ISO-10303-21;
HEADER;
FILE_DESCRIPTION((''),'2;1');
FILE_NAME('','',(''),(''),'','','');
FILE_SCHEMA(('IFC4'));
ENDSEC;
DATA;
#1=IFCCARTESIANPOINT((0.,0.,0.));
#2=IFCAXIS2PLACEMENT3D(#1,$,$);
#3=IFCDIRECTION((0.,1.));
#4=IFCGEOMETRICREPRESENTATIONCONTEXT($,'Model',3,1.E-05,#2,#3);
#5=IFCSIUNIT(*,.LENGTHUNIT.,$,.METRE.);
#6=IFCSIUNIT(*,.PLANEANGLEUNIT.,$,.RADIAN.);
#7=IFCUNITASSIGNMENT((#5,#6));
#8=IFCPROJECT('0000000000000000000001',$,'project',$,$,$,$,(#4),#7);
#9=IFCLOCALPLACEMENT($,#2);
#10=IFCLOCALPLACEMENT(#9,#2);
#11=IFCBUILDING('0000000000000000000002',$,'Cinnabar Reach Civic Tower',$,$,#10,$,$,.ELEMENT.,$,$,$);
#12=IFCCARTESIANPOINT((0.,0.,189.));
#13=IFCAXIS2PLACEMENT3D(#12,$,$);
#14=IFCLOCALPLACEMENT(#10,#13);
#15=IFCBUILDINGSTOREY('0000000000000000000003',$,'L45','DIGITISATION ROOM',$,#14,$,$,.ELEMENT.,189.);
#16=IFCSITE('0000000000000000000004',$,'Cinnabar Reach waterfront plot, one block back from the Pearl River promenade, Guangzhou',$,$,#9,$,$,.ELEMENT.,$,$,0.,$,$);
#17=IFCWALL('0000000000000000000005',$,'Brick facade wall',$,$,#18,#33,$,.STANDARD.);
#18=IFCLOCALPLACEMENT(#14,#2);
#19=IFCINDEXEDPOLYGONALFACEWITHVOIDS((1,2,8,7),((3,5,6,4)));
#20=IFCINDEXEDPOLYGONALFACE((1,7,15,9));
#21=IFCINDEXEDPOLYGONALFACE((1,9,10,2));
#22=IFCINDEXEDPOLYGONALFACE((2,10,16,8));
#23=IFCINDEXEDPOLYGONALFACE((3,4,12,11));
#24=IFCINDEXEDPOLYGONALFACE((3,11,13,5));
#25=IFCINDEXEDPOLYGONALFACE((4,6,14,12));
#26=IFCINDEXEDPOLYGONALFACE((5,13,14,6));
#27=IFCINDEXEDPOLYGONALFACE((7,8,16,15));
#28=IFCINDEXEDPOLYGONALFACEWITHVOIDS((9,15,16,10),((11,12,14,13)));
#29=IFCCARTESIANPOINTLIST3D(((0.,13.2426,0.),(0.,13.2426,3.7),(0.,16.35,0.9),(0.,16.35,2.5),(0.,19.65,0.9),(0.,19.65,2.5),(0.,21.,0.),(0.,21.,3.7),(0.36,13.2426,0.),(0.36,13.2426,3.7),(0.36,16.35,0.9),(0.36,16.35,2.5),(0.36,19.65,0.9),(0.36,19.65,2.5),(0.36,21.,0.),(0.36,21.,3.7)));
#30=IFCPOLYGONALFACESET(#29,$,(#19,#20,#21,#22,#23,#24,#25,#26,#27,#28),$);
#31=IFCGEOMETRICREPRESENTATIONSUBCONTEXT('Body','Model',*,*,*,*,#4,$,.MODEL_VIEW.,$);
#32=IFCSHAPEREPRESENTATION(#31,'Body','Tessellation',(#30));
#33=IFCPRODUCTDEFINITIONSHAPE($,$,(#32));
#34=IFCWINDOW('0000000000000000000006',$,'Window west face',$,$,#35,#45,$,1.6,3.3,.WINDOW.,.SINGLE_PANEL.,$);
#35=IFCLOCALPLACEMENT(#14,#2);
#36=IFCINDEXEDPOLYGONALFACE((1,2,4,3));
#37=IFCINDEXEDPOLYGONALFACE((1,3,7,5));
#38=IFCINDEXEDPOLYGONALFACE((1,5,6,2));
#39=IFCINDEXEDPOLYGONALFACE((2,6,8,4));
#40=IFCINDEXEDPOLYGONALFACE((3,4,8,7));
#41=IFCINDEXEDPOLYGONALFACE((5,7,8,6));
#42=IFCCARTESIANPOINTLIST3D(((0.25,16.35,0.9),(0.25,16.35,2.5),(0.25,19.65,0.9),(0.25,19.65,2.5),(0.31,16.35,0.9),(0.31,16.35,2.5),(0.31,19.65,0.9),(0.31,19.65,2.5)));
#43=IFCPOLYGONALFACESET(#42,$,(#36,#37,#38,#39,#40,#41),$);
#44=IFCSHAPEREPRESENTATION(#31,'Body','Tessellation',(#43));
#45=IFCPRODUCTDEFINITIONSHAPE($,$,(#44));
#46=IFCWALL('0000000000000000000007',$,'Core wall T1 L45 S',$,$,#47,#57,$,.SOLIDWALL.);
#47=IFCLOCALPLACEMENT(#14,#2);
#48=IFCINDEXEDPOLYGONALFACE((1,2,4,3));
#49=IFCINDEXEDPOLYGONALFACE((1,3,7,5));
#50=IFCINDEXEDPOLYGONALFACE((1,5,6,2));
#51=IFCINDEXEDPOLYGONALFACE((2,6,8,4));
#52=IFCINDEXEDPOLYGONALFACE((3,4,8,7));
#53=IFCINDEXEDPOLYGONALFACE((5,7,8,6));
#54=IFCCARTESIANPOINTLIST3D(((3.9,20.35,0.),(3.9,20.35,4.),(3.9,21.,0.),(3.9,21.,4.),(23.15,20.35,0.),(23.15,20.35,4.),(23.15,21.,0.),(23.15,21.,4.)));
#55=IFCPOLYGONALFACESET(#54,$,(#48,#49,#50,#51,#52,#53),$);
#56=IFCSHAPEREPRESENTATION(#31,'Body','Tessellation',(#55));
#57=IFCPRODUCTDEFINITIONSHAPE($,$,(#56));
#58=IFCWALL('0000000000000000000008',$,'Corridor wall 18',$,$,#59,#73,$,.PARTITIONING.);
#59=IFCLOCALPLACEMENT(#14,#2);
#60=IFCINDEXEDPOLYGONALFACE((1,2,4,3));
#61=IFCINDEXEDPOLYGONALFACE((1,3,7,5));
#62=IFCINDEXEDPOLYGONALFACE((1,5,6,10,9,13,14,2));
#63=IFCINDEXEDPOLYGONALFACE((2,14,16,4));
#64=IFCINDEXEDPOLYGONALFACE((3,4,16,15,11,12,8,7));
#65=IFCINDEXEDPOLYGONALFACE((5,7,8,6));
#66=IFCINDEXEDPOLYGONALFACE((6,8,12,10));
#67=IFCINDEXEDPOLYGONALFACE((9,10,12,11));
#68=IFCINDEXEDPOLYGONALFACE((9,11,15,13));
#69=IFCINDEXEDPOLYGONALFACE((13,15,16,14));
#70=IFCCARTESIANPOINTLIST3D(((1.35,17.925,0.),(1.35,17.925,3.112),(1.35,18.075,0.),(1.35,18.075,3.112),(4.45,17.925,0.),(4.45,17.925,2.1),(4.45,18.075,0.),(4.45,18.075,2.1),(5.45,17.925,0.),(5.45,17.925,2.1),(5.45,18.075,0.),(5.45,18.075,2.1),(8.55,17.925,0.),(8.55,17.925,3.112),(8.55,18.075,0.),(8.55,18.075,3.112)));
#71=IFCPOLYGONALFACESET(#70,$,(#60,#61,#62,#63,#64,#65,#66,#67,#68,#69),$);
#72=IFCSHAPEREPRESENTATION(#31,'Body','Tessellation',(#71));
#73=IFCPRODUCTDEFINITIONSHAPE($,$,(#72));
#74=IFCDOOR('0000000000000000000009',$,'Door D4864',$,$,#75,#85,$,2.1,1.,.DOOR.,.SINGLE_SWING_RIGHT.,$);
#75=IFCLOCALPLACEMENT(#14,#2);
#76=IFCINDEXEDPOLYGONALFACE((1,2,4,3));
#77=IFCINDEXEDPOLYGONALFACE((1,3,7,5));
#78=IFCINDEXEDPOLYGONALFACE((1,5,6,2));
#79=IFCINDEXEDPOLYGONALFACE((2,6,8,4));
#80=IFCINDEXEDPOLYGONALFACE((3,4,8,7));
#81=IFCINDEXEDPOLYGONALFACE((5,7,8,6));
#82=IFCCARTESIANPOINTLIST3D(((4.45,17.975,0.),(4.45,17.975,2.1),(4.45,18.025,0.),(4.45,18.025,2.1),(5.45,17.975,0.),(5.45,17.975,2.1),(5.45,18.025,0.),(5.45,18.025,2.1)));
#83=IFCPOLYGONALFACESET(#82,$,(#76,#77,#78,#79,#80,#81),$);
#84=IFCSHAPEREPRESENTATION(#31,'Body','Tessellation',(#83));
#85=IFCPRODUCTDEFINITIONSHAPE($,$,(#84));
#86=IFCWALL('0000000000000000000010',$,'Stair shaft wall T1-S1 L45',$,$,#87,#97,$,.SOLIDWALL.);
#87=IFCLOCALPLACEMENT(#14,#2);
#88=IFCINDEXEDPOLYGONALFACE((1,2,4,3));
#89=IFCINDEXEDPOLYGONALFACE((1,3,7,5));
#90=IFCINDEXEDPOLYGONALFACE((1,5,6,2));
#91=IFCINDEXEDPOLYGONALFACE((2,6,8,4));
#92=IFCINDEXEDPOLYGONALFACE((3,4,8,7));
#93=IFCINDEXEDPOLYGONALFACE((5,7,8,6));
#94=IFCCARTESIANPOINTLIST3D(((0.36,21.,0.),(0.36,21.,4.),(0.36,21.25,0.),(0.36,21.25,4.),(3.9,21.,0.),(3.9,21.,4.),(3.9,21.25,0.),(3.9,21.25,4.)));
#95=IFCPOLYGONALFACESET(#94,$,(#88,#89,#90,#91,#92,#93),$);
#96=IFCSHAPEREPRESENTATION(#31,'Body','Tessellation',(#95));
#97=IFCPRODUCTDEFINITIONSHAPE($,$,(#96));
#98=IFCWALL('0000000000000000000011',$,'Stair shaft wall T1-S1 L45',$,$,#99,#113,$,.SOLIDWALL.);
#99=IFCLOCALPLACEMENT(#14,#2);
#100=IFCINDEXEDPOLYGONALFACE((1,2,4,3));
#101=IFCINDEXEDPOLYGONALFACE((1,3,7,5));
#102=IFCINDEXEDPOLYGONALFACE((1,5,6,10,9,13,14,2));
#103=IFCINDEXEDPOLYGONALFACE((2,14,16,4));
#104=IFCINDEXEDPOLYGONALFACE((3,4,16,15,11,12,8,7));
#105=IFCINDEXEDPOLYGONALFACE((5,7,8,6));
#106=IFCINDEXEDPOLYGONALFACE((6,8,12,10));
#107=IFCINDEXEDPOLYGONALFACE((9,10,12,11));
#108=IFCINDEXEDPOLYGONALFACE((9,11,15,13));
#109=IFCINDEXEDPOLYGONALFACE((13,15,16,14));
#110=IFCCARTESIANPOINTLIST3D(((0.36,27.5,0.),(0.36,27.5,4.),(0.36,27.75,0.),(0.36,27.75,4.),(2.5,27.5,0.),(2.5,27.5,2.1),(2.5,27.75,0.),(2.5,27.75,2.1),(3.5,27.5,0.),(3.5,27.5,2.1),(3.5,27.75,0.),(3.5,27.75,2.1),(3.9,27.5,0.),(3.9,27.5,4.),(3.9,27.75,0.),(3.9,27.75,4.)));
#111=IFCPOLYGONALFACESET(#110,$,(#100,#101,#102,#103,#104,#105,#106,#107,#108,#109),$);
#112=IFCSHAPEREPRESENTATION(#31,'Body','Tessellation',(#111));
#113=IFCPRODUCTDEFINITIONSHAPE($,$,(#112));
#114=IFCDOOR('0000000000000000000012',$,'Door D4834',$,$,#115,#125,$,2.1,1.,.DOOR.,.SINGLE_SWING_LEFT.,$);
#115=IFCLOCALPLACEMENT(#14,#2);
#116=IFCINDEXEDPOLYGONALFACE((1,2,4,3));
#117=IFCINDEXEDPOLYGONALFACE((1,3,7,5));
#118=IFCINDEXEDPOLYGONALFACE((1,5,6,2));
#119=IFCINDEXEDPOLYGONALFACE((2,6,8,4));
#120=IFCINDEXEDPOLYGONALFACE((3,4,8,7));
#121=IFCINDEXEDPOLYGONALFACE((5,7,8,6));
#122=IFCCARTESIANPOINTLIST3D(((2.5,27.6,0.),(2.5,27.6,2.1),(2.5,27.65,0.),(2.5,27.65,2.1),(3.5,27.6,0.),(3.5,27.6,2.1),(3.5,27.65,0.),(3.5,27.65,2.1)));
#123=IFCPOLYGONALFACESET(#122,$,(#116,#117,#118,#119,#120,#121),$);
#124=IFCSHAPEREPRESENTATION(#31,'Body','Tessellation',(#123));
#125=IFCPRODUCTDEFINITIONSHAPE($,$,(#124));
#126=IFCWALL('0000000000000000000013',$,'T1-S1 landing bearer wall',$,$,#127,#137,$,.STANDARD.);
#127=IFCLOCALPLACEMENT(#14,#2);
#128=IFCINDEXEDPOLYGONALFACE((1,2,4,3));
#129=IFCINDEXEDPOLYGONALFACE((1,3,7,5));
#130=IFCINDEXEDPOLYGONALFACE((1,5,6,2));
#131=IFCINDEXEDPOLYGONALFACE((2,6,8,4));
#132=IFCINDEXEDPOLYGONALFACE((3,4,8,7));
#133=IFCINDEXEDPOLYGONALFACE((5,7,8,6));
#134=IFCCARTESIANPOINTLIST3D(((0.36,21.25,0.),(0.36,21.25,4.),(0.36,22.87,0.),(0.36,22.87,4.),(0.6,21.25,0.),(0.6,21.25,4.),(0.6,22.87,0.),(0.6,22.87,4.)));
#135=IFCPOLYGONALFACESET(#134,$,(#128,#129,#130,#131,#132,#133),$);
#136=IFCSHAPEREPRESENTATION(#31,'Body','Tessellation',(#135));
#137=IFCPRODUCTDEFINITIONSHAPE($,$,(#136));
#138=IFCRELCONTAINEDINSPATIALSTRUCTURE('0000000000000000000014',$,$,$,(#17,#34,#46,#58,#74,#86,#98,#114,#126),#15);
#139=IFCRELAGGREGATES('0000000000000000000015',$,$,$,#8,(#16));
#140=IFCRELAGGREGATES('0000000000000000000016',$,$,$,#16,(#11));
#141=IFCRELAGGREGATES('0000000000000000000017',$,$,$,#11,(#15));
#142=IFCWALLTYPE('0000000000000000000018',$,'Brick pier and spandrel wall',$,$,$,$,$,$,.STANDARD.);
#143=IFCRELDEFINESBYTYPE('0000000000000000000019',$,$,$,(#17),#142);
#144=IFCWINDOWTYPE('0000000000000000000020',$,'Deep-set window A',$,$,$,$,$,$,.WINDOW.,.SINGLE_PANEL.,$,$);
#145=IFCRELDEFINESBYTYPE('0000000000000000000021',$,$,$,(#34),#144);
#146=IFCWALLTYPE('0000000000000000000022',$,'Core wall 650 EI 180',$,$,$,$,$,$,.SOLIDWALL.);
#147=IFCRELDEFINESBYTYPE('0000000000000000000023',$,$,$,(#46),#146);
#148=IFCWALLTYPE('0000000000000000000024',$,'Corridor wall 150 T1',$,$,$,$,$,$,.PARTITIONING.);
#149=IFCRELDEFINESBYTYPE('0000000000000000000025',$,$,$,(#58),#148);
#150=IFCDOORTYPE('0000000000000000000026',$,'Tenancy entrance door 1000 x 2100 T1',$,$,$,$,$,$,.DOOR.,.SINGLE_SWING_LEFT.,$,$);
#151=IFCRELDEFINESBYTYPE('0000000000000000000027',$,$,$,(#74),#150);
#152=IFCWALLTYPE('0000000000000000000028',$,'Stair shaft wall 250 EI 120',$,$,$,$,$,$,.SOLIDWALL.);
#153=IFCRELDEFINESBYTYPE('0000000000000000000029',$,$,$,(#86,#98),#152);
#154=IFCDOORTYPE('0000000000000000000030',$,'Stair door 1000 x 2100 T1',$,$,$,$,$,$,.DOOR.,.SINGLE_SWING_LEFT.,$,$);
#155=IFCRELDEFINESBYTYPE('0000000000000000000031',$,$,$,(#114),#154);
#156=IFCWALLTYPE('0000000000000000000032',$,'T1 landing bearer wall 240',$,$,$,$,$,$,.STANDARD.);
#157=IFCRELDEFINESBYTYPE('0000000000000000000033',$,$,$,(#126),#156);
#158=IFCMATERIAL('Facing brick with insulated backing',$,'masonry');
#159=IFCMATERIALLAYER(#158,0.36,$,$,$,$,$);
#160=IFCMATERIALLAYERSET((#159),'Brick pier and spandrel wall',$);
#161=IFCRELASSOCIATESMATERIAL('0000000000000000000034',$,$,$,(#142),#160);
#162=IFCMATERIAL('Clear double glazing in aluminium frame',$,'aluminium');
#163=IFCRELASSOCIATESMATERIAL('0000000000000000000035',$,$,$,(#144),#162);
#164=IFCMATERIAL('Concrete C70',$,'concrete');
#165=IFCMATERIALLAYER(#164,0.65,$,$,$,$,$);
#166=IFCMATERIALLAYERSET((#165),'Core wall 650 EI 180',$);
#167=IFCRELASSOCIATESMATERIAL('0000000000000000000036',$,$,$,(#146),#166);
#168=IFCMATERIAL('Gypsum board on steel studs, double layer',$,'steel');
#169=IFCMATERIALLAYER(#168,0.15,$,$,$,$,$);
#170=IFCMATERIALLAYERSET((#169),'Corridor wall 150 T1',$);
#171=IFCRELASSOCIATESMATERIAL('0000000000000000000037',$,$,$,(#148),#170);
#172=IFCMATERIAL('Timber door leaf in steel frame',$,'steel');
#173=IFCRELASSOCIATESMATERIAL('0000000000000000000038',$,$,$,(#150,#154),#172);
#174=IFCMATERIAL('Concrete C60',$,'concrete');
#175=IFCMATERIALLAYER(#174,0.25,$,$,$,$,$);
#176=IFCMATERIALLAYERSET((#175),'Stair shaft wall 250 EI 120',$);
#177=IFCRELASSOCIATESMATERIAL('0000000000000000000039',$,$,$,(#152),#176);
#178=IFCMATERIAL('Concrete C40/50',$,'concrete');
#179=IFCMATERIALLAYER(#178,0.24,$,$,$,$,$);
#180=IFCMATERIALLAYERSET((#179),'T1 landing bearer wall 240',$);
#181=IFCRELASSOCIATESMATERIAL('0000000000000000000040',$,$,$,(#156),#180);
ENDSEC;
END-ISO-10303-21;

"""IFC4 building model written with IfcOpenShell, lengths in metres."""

from ifc_helpers import new_model, si_unit, direction, frame, frame_2d, origin, place, context, subcontext, project, spatial, rectangle, extrude, material, layer, layer_set, type_object, element, fill, save


model = new_model("IFC4")

# Units and contexts
model_context = context("Model", 3, precision=1e-05, world=origin(), true_north=direction((0.0, 1.0)))
body_context = subcontext(model_context, "Body", "Model", "MODEL_VIEW")
ifc_project = project(units=[si_unit("LENGTHUNIT", "METRE"), si_unit("PLANEANGLEUNIT", "RADIAN")], contexts=[model_context])

# Site, building, storey
site_placement = place(None, origin())
site = spatial("IfcSite", under=ifc_project, at=site_placement, Name="Cinnabar Reach waterfront plot, one block back from the Pearl River promenade, Guangzhou", CompositionType="ELEMENT", RefElevation=0.0)
building_placement = place(site_placement, origin())
building = spatial("IfcBuilding", under=site, at=building_placement, Name="Cinnabar Reach Civic Tower", CompositionType="ELEMENT")
storey_placement = place(building_placement, frame((0.0, 0.0, 189.0)))
storey = spatial("IfcBuildingStorey", under=building, at=storey_placement, Name="L45", Description="DIGITISATION ROOM", CompositionType="ELEMENT", Elevation=189.0)

# Shared definitions
ifc_material_1 = material(Name="Concrete C70", Category="concrete")

# Shared definitions
ifc_material_2 = material(Name="Facing brick with insulated backing", Category="masonry")
ifc_layer_1 = layer(ifc_material_2, 0.36)
ifc_layer_set_1 = layer_set([ifc_layer_1], Name="Brick pier and spandrel wall")
wall_type_1 = type_object("IfcWallType", Name="Brick pier and spandrel wall", PredefinedType="STANDARD", material=ifc_layer_set_1)

# Wall, opening, window
wall_1_placement = place(storey_placement, frame((0.18, 21.0, 0.0), z_axis=(0.0, 0.0, 1.0), x_axis=(0.0, -1.0, 0.0)))
wall_1 = element("IfcWall", 1, at=wall_1_placement, inside=storey, type_object=wall_type_1, Name="Brick facade wall", PredefinedType="STANDARD", context=body_context, shape_type="SweptSolid", body=[
    extrude(rectangle(XDim=7.7574, YDim=0.36, at=frame_2d((3.8787, 0.0))), origin(), (0.0, 0.0, 1.0), 3.7),
])
opening_1_placement = place(wall_1_placement, frame((1.35, 0.0, 0.9)))
opening_1 = element("IfcOpeningElement", 2, at=opening_1_placement, cuts=wall_1, PredefinedType="OPENING", context=body_context, shape_type="SweptSolid", body=[
    extrude(rectangle(XDim=3.3, YDim=1.6, at=frame_2d((1.65, 0.8))), frame((0.0, 0.19, 0.0), z_axis=(0.0, -1.0, 0.0), x_axis=(1.0, 0.0, 0.0)), (0.0, 0.0, 1.0), 0.38),
])
ifc_material_3 = material(Name="Clear double glazing in aluminium frame", Category="aluminium")
window_type = type_object("IfcWindowType", Name="Deep-set window A", PartitioningType="SINGLE_PANEL", PredefinedType="WINDOW", material=ifc_material_3)
window_placement = place(opening_1_placement, origin())
window = element("IfcWindow", 3, at=window_placement, inside=storey, type_object=window_type, Name="Window west face", OverallHeight=1.6, OverallWidth=3.3, PartitioningType="SINGLE_PANEL", PredefinedType="WINDOW", context=body_context, shape_type="SweptSolid", body=[
    extrude(rectangle(XDim=3.3, YDim=1.6, at=frame_2d((1.65, 0.8))), frame((0.0, 0.13, 0.0), z_axis=(0.0, -1.0, 0.0), x_axis=(1.0, 0.0, 0.0)), (0.0, 0.0, 1.0), 0.06),
])
fill(opening_1, window)

# Wall
ifc_layer_2 = layer(ifc_material_1, 0.65)
ifc_layer_set_2 = layer_set([ifc_layer_2], Name="Core wall 650 EI 180")
wall_type_2 = type_object("IfcWallType", Name="Core wall 650 EI 180", PredefinedType="SOLIDWALL", material=ifc_layer_set_2)
wall_2_placement = place(storey_placement, frame((3.9, 20.675, 0.0), z_axis=(0.0, 0.0, 1.0), x_axis=(1.0, 0.0, 0.0)))
element("IfcWall", 4, at=wall_2_placement, inside=storey, type_object=wall_type_2, Name="Core wall T1 L45 S", PredefinedType="SOLIDWALL", context=body_context, shape_type="SweptSolid", body=[
    extrude(rectangle(XDim=19.25, YDim=0.65, at=frame_2d((9.625, 0.0))), origin(), (0.0, 0.0, 1.0), 4.0),
])

# Wall, opening, door
ifc_material_4 = material(Name="Gypsum board on steel studs, double layer", Category="steel")
ifc_layer_3 = layer(ifc_material_4, 0.15)
ifc_layer_set_3 = layer_set([ifc_layer_3], Name="Corridor wall 150 T1")
wall_type_3 = type_object("IfcWallType", Name="Corridor wall 150 T1", PredefinedType="PARTITIONING", material=ifc_layer_set_3)
wall_3_placement = place(storey_placement, frame((1.35, 18.0, 0.0), z_axis=(0.0, 0.0, 1.0), x_axis=(1.0, 0.0, 0.0)))
wall_3 = element("IfcWall", 5, at=wall_3_placement, inside=storey, type_object=wall_type_3, Name="Corridor wall 18", PredefinedType="PARTITIONING", context=body_context, shape_type="SweptSolid", body=[
    extrude(rectangle(XDim=7.2, YDim=0.15, at=frame_2d((3.6, 0.0))), origin(), (0.0, 0.0, 1.0), 3.112),
])
opening_2_placement = place(wall_3_placement, frame((3.1, 0.0, 0.0)))
opening_2 = element("IfcOpeningElement", 6, at=opening_2_placement, cuts=wall_3, PredefinedType="OPENING", context=body_context, shape_type="SweptSolid", body=[
    extrude(rectangle(XDim=1.0, YDim=2.1, at=frame_2d((0.5, 1.05))), frame((0.0, 0.085, 0.0), z_axis=(0.0, -1.0, 0.0), x_axis=(1.0, 0.0, 0.0)), (0.0, 0.0, 1.0), 0.17),
])
ifc_material_5 = material(Name="Timber door leaf in steel frame", Category="steel")
door_type_1 = type_object("IfcDoorType", Name="Tenancy entrance door 1000 x 2100 T1", OperationType="SINGLE_SWING_LEFT", PredefinedType="DOOR", material=ifc_material_5)
door_1_placement = place(opening_2_placement, frame((1.0, 0.0, 0.0), z_axis=(0.0, 0.0, 1.0), x_axis=(-1.0, 0.0, 0.0)))
door_1 = element("IfcDoor", 7, at=door_1_placement, inside=storey, type_object=door_type_1, Name="Door D4864", OperationType="SINGLE_SWING_RIGHT", OverallHeight=2.1, OverallWidth=1.0, PredefinedType="DOOR", context=body_context, shape_type="SweptSolid", body=[
    extrude(rectangle(XDim=1.0, YDim=2.1, at=frame_2d((0.5, 1.05))), frame((0.0, 0.025, 0.0), z_axis=(0.0, -1.0, 0.0), x_axis=(1.0, 0.0, 0.0)), (0.0, 0.0, 1.0), 0.05),
])
fill(opening_2, door_1)

# Wall
ifc_material_6 = material(Name="Concrete C60", Category="concrete")
ifc_layer_4 = layer(ifc_material_6, 0.25)
ifc_layer_set_4 = layer_set([ifc_layer_4], Name="Stair shaft wall 250 EI 120")
wall_type_4 = type_object("IfcWallType", Name="Stair shaft wall 250 EI 120", PredefinedType="SOLIDWALL", material=ifc_layer_set_4)
wall_4_placement = place(storey_placement, frame((0.36, 21.125, 0.0), z_axis=(0.0, 0.0, 1.0), x_axis=(1.0, 0.0, 0.0)))
element("IfcWall", 8, at=wall_4_placement, inside=storey, type_object=wall_type_4, Name="Stair shaft wall T1-S1 L45", PredefinedType="SOLIDWALL", context=body_context, shape_type="SweptSolid", body=[
    extrude(rectangle(XDim=3.54, YDim=0.25, at=frame_2d((1.77, 0.0))), origin(), (0.0, 0.0, 1.0), 4.0),
])

# Wall, opening, door
wall_5_placement = place(storey_placement, frame((3.9, 27.625, 0.0), z_axis=(0.0, 0.0, 1.0), x_axis=(-1.0, 0.0, 0.0)))
wall_5 = element("IfcWall", 9, at=wall_5_placement, inside=storey, type_object=wall_type_4, Name="Stair shaft wall T1-S1 L45", PredefinedType="SOLIDWALL", context=body_context, shape_type="SweptSolid", body=[
    extrude(rectangle(XDim=3.54, YDim=0.25, at=frame_2d((1.77, 0.0))), origin(), (0.0, 0.0, 1.0), 4.0),
])
opening_3_placement = place(wall_5_placement, frame((0.4, 0.0, 0.0)))
opening_3 = element("IfcOpeningElement", 10, at=opening_3_placement, cuts=wall_5, PredefinedType="OPENING", context=body_context, shape_type="SweptSolid", body=[
    extrude(rectangle(XDim=1.0, YDim=2.1, at=frame_2d((0.5, 1.05))), frame((0.0, 0.135, 0.0), z_axis=(0.0, -1.0, 0.0), x_axis=(1.0, 0.0, 0.0)), (0.0, 0.0, 1.0), 0.27),
])
door_type_2 = type_object("IfcDoorType", Name="Stair door 1000 x 2100 T1", OperationType="SINGLE_SWING_LEFT", PredefinedType="DOOR", material=ifc_material_5)
door_2_placement = place(opening_3_placement, origin())
door_2 = element("IfcDoor", 11, at=door_2_placement, inside=storey, type_object=door_type_2, Name="Door D4834", OperationType="SINGLE_SWING_LEFT", OverallHeight=2.1, OverallWidth=1.0, PredefinedType="DOOR", context=body_context, shape_type="SweptSolid", body=[
    extrude(rectangle(XDim=1.0, YDim=2.1, at=frame_2d((0.5, 1.05))), frame((0.0, 0.025, 0.0), z_axis=(0.0, -1.0, 0.0), x_axis=(1.0, 0.0, 0.0)), (0.0, 0.0, 1.0), 0.05),
])
fill(opening_3, door_2)

# Wall
ifc_material_7 = material(Name="Concrete C40/50", Category="concrete")
ifc_layer_5 = layer(ifc_material_7, 0.24)
ifc_layer_set_5 = layer_set([ifc_layer_5], Name="T1 landing bearer wall 240")
wall_type_5 = type_object("IfcWallType", Name="T1 landing bearer wall 240", PredefinedType="STANDARD", material=ifc_layer_set_5)
wall_6_placement = place(storey_placement, frame((0.48, 21.25, 0.0), z_axis=(0.0, 0.0, 1.0), x_axis=(0.0, 1.0, 0.0)))
element("IfcWall", 12, at=wall_6_placement, inside=storey, type_object=wall_type_5, Name="T1-S1 landing bearer wall", PredefinedType="STANDARD", context=body_context, shape_type="SweptSolid", body=[
    extrude(rectangle(XDim=1.62, YDim=0.24, at=frame_2d((0.81, 0.0))), origin(), (0.0, 0.0, 1.0), 4.0),
])

save(model, "model.ifc")
